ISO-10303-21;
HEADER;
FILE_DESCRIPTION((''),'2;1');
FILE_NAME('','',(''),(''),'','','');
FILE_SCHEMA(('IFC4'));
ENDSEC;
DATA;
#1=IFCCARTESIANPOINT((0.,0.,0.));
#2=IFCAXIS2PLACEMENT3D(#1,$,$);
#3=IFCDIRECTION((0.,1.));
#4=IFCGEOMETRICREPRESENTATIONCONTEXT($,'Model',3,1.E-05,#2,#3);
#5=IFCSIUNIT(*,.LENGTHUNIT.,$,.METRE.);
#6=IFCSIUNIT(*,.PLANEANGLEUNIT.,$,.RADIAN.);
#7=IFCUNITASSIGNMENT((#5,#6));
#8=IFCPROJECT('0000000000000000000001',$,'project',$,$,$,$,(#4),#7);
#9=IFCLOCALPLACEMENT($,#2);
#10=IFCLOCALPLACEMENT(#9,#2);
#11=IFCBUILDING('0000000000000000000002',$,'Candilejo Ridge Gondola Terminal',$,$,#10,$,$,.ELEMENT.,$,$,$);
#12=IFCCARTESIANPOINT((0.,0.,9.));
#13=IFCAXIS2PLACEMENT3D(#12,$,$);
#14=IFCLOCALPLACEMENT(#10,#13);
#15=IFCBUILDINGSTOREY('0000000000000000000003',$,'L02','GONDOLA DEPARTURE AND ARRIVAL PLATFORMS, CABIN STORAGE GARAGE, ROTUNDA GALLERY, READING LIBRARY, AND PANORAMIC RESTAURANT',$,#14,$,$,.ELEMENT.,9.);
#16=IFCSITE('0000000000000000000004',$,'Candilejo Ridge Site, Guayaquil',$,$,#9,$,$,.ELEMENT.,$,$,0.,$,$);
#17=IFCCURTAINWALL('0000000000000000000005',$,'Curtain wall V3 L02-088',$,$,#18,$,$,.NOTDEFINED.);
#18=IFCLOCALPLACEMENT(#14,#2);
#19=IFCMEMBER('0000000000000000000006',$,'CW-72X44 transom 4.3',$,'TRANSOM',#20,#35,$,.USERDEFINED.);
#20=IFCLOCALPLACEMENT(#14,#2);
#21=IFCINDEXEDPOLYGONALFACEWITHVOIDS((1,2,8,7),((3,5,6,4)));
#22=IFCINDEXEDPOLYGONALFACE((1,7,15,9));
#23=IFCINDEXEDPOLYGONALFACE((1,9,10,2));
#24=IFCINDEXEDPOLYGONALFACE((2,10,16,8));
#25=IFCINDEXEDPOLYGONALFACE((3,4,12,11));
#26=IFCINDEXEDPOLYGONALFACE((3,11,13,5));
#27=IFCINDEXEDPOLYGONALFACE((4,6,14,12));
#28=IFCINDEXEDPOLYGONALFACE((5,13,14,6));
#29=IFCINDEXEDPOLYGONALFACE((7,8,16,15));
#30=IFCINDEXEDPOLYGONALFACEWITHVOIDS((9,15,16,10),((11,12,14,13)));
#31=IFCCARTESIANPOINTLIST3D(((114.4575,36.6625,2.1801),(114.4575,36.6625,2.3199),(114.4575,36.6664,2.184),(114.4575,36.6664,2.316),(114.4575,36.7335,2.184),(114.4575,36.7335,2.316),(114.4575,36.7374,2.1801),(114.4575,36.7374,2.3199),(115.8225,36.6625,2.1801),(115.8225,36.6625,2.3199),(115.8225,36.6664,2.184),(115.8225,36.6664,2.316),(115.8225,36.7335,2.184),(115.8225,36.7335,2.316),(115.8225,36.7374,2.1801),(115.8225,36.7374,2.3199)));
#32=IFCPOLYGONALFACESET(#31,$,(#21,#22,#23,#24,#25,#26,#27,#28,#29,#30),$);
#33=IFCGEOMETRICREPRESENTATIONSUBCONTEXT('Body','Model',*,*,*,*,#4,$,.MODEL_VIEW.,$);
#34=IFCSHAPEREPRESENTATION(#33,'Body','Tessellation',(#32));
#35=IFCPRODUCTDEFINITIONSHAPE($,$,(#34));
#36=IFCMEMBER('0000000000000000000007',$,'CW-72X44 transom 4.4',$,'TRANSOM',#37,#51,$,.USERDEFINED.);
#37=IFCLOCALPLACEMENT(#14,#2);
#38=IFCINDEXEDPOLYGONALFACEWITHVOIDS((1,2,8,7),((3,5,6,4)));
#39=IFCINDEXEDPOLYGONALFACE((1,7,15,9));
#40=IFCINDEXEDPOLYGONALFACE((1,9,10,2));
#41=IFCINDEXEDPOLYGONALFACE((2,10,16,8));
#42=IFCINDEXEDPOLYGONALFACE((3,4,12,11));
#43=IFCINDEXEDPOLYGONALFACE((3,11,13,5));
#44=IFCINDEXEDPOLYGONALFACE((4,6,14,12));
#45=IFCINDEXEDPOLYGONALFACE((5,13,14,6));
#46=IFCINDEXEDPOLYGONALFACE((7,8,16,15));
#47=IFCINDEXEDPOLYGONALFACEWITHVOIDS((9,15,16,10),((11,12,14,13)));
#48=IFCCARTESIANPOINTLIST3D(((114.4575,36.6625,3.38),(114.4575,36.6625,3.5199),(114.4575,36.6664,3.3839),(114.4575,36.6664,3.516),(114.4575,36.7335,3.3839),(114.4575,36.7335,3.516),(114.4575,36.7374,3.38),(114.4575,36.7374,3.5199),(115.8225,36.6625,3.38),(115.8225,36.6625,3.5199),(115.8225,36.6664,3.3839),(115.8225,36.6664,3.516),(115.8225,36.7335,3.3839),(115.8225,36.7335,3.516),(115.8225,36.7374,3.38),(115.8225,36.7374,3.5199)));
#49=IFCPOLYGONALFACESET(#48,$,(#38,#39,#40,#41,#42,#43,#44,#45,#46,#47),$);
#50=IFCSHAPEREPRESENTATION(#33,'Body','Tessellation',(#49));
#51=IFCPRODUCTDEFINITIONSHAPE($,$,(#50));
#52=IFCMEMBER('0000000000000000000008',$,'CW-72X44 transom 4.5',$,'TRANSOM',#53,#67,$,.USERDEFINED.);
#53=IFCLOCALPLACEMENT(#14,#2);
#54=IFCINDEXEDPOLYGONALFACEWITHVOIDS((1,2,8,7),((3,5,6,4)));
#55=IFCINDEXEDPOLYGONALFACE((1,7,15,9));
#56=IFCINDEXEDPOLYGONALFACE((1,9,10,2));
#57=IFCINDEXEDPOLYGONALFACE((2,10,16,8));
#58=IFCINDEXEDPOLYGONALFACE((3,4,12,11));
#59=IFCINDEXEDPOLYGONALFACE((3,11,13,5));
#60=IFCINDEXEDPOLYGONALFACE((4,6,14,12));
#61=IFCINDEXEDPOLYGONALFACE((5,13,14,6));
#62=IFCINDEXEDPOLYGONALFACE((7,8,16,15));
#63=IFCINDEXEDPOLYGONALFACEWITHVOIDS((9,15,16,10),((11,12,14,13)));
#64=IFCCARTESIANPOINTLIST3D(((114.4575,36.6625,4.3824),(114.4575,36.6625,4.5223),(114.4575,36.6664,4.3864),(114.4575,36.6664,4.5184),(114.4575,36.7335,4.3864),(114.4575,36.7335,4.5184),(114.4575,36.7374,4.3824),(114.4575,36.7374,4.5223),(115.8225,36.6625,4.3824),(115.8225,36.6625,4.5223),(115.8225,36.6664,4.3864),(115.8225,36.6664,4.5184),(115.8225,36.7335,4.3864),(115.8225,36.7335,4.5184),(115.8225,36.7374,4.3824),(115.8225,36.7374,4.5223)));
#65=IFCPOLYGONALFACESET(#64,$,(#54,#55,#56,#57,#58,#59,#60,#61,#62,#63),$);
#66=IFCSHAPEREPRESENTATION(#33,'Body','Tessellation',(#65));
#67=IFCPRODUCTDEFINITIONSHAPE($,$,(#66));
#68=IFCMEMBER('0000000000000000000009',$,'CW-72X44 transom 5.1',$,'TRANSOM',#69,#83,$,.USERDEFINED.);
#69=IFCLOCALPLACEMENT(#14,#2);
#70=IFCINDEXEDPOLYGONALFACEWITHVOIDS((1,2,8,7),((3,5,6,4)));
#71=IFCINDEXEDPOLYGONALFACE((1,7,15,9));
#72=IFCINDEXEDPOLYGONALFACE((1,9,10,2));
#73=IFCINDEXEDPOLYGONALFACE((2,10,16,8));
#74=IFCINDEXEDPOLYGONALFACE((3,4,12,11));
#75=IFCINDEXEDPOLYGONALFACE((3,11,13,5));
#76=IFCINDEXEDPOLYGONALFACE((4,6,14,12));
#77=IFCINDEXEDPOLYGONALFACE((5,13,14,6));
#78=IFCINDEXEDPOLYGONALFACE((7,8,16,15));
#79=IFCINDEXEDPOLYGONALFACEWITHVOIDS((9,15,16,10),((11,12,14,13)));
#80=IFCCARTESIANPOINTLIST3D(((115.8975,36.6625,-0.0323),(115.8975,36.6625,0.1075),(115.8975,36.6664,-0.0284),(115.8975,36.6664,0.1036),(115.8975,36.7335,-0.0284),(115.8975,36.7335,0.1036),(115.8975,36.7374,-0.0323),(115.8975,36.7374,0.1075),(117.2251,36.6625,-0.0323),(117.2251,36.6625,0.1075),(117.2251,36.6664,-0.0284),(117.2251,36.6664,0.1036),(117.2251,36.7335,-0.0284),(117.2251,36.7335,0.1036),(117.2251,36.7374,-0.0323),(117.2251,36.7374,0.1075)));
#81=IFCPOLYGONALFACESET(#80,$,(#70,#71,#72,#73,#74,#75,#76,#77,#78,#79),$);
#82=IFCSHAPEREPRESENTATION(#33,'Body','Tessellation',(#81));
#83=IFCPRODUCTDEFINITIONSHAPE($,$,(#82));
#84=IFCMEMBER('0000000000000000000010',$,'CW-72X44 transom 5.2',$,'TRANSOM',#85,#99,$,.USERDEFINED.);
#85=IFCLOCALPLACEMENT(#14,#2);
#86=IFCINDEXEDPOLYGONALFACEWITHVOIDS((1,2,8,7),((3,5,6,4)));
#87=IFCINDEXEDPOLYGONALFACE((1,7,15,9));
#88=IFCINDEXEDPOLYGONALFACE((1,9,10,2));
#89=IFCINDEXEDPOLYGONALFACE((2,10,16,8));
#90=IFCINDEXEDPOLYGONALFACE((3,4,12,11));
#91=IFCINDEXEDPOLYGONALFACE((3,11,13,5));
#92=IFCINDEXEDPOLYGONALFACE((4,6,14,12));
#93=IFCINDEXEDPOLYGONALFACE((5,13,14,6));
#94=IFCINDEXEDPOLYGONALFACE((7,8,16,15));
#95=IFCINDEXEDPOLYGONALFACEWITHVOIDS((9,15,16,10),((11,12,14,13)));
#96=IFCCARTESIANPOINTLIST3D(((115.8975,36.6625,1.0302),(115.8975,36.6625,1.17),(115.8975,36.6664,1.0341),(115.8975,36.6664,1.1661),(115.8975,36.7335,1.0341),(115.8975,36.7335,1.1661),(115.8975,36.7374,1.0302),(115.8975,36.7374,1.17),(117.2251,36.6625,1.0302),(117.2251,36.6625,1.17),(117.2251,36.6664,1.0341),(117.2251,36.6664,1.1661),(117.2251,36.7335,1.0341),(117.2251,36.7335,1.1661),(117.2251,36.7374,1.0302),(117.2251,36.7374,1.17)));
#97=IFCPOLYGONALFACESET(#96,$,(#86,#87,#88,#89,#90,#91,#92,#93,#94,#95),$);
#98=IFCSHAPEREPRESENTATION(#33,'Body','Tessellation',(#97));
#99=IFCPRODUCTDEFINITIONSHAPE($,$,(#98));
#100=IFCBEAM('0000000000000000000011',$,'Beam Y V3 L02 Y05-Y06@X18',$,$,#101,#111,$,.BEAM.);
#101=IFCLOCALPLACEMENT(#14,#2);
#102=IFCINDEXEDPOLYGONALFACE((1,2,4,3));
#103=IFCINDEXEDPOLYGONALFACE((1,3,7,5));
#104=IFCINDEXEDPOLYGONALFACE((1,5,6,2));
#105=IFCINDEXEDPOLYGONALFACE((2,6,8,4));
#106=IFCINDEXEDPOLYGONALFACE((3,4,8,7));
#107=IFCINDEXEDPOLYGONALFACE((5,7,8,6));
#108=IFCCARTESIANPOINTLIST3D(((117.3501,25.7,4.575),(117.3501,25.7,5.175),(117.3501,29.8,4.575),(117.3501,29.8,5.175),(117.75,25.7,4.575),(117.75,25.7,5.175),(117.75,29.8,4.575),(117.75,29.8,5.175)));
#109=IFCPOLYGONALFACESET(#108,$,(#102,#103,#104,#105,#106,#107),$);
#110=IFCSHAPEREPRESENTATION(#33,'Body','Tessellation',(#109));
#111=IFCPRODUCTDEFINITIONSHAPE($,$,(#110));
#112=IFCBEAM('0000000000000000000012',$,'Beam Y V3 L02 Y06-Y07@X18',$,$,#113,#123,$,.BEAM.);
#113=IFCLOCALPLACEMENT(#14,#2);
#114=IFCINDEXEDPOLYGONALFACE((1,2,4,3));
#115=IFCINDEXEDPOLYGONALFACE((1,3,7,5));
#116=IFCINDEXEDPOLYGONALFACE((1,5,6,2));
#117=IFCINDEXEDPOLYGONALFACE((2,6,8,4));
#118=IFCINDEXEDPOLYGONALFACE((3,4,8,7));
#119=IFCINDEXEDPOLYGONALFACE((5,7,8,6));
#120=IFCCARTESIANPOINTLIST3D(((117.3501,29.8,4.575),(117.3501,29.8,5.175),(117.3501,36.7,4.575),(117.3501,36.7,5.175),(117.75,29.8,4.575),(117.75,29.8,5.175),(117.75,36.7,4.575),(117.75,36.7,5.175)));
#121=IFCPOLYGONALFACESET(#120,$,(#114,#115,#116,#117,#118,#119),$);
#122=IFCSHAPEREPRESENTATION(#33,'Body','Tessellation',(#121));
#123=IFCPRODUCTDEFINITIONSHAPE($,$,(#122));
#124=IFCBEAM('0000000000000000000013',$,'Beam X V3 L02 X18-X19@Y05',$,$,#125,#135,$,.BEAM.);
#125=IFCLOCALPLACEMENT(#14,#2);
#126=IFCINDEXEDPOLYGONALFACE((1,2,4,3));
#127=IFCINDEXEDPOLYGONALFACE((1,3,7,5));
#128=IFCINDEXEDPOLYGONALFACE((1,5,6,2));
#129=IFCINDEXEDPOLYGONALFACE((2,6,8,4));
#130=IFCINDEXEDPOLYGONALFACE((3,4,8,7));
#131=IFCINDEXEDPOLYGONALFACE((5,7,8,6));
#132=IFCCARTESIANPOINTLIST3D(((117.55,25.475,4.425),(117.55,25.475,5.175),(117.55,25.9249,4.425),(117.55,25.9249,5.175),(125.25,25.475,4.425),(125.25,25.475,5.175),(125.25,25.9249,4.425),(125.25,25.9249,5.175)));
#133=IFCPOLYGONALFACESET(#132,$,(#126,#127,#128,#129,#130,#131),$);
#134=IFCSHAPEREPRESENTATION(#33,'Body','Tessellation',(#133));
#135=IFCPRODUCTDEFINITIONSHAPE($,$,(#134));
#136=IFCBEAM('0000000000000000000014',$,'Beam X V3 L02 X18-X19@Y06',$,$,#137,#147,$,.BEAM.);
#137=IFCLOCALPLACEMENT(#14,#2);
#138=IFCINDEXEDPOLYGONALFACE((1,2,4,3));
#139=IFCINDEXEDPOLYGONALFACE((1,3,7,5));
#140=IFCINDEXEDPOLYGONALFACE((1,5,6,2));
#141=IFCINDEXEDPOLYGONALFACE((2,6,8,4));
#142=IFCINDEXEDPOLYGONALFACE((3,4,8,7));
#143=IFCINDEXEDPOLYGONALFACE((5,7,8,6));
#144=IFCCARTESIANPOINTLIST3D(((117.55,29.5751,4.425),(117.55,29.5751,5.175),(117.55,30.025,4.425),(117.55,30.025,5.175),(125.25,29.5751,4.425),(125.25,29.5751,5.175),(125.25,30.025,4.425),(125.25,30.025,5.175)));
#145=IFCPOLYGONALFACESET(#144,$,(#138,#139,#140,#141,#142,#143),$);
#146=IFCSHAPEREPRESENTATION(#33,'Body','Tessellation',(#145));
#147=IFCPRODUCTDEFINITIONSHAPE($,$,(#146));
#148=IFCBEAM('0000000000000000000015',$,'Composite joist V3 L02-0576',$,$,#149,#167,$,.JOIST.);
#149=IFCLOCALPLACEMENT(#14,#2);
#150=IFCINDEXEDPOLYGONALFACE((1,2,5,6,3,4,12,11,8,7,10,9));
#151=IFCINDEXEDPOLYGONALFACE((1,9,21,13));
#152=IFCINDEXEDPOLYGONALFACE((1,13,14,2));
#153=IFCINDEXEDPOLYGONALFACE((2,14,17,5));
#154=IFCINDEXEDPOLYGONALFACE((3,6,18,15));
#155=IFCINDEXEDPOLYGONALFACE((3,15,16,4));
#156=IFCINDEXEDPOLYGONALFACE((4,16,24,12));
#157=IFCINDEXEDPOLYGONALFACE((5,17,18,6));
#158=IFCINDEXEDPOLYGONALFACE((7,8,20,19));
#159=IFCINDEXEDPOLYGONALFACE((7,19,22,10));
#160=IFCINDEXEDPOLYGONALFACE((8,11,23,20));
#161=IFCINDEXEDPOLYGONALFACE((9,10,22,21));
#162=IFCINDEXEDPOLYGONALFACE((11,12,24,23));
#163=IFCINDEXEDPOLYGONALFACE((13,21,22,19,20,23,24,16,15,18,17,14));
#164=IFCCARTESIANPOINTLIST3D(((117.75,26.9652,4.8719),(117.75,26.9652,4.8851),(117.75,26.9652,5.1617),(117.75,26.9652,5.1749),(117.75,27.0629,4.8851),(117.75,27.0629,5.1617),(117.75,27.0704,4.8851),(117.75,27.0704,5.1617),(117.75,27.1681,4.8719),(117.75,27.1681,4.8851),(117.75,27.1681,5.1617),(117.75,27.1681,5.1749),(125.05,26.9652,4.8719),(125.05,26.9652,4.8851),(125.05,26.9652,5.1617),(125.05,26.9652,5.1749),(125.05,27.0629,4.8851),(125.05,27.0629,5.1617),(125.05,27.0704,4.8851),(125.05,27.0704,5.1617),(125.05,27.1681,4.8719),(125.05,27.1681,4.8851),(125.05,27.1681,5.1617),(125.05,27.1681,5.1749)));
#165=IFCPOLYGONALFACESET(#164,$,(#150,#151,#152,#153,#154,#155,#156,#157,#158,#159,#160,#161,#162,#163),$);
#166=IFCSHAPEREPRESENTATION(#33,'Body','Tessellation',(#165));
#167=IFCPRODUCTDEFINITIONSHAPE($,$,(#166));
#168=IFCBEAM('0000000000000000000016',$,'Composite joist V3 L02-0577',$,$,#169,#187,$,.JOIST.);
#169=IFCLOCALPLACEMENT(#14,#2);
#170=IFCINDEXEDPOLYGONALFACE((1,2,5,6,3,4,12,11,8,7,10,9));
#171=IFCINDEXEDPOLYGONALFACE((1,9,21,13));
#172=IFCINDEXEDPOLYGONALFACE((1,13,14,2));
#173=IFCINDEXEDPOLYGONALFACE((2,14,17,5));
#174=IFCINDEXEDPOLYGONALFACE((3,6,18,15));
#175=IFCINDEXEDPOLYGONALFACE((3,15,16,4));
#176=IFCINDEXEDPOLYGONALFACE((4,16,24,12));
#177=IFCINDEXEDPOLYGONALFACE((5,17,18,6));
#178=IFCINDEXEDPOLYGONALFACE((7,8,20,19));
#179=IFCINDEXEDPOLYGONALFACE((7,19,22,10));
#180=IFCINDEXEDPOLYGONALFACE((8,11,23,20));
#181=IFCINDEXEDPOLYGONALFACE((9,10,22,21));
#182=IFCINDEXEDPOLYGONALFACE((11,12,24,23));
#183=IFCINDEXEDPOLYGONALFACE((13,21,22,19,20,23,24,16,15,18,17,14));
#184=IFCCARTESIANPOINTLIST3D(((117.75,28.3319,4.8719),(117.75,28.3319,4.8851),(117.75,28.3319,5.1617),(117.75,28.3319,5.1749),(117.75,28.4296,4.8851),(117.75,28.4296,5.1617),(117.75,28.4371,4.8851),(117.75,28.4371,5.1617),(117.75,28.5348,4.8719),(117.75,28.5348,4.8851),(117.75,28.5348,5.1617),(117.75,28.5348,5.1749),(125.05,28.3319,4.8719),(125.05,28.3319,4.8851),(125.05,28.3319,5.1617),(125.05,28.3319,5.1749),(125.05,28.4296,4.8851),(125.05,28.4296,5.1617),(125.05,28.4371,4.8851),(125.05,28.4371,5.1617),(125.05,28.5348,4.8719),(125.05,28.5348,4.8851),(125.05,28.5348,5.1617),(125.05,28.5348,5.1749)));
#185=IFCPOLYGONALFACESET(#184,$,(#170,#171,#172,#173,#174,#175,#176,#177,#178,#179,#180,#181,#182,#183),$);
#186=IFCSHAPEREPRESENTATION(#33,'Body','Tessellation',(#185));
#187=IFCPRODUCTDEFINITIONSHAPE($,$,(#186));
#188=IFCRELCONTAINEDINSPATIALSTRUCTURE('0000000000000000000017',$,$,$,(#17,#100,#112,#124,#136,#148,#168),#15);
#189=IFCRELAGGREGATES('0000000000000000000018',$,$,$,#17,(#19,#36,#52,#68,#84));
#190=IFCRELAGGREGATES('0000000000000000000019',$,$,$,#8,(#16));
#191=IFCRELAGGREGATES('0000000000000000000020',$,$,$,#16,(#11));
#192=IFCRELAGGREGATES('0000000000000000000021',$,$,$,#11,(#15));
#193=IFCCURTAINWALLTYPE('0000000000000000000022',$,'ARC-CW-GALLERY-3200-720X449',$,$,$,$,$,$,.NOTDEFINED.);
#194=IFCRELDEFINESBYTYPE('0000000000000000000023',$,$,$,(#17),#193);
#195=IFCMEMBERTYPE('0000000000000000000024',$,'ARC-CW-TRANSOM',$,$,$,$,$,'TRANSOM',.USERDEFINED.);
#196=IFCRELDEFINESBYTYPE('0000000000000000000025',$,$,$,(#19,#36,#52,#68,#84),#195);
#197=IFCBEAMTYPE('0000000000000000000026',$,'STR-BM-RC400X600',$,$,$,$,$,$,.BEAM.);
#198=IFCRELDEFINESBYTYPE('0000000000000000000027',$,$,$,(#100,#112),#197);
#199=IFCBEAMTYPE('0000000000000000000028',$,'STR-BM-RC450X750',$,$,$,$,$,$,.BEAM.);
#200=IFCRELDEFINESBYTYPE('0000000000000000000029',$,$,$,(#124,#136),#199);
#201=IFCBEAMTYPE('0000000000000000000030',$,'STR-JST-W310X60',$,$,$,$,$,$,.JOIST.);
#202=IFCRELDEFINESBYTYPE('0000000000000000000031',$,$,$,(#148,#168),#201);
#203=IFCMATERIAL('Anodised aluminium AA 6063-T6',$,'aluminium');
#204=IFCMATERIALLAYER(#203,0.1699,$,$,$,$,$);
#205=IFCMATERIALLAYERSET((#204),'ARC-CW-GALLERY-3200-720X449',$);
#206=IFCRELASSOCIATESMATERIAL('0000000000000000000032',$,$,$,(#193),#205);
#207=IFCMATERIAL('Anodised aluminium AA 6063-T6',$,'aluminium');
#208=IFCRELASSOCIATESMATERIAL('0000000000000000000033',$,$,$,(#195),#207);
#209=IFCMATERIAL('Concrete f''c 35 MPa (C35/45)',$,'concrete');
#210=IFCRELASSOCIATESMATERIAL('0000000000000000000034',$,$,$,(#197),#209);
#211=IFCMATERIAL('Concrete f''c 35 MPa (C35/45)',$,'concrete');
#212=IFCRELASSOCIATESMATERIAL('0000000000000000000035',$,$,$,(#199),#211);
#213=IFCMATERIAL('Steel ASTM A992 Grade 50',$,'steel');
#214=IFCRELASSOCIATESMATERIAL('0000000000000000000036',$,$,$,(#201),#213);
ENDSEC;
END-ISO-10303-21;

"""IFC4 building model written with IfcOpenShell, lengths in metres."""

from ifc_helpers import new_model, si_unit, direction, frame, origin, origin_2d, place, context, subcontext, project, spatial, rectangle, hollow_rectangle, i_section, extrude, material, layer, layer_set, material_profile, profile_set, type_object, element, aggregate, save


model = new_model("IFC4")

# Units and contexts
model_context = context("Model", 3, precision=1e-05, world=origin(), true_north=direction((0.0, 1.0)))
body_context = subcontext(model_context, "Body", "Model", "MODEL_VIEW")
ifc_project = project(units=[si_unit("LENGTHUNIT", "METRE"), si_unit("PLANEANGLEUNIT", "RADIAN")], contexts=[model_context])

# Site, building, storey
site_placement = place(None, origin())
site = spatial("IfcSite", under=ifc_project, at=site_placement, Name="Candilejo Ridge Site, Guayaquil", CompositionType="ELEMENT", RefElevation=0.0)
building_placement = place(site_placement, origin())
building = spatial("IfcBuilding", under=site, at=building_placement, Name="Candilejo Ridge Gondola Terminal", CompositionType="ELEMENT")
storey_placement = place(building_placement, frame((0.0, 0.0, 9.0)))
storey = spatial("IfcBuildingStorey", under=building, at=storey_placement, Name="L02", Description="GONDOLA DEPARTURE AND ARRIVAL PLATFORMS, CABIN STORAGE GARAGE, ROTUNDA GALLERY, READING LIBRARY, AND PANORAMIC RESTAURANT", CompositionType="ELEMENT", Elevation=9.0)

# Curtain wall, members
ifc_material_1 = material(Name="Anodised aluminium AA 6063-T6", Category="aluminium")
ifc_layer_1 = layer(ifc_material_1, 0.1699)
ifc_layer_set_1 = layer_set([ifc_layer_1], Name="ARC-CW-GALLERY-3200-720X449")
curtain_wall_type = type_object("IfcCurtainWallType", Name="ARC-CW-GALLERY-3200-720X449", PredefinedType="NOTDEFINED", material=ifc_layer_set_1)
curtain_wall_placement = place(storey_placement, origin())
curtain_wall = element("IfcCurtainWall", 1, at=curtain_wall_placement, inside=storey, type_object=curtain_wall_type, Name="Curtain wall V3 L02-088", PredefinedType="NOTDEFINED")
ifc_material_2 = material(Name="Anodised aluminium AA 6063-T6", Category="aluminium")
ifc_material_profile_1 = material_profile(ifc_material_2, hollow_rectangle(XDim=0.075, YDim=0.1399, WallThickness=0.0039, at=origin_2d()))
ifc_profile_set_1 = profile_set([ifc_material_profile_1], Name="Anodised aluminium AA 6063-T6")
member_type_1 = type_object("IfcMemberType", Name="ARC-CW-TRANSOM", ElementType="TRANSOM", PredefinedType="USERDEFINED", material=ifc_profile_set_1)
member_1_placement = place(storey_placement, frame((114.4575, 36.7, 2.25), z_axis=(1.0, 0.0, 0.0), x_axis=(0.0, 1.0, 0.0)))
member_1 = element("IfcMember", 2, at=member_1_placement, type_object=member_type_1, Name="CW-72X44 transom 4.3", ObjectType="TRANSOM", PredefinedType="USERDEFINED", context=body_context, shape_type="SweptSolid", body=[
    extrude(hollow_rectangle(XDim=0.075, YDim=0.1399, WallThickness=0.0039, at=origin_2d()), origin(), (0.0, 0.0, 1.0), 1.365),
])
member_2_placement = place(storey_placement, frame((114.4575, 36.7, 3.45), z_axis=(1.0, 0.0, 0.0), x_axis=(0.0, 1.0, 0.0)))
member_2 = element("IfcMember", 3, at=member_2_placement, type_object=member_type_1, Name="CW-72X44 transom 4.4", ObjectType="TRANSOM", PredefinedType="USERDEFINED", context=body_context, shape_type="SweptSolid", body=[
    extrude(hollow_rectangle(XDim=0.075, YDim=0.1399, WallThickness=0.0039, at=origin_2d()), origin(), (0.0, 0.0, 1.0), 1.365),
])
member_3_placement = place(storey_placement, frame((114.4575, 36.7, 4.4524), z_axis=(1.0, 0.0, 0.0), x_axis=(0.0, 1.0, 0.0)))
member_3 = element("IfcMember", 4, at=member_3_placement, type_object=member_type_1, Name="CW-72X44 transom 4.5", ObjectType="TRANSOM", PredefinedType="USERDEFINED", context=body_context, shape_type="SweptSolid", body=[
    extrude(hollow_rectangle(XDim=0.075, YDim=0.1399, WallThickness=0.0039, at=origin_2d()), origin(), (0.0, 0.0, 1.0), 1.365),
])
member_4_placement = place(storey_placement, frame((115.8975, 36.7, 0.0376), z_axis=(1.0, 0.0, 0.0), x_axis=(0.0, 1.0, 0.0)))
member_4 = element("IfcMember", 5, at=member_4_placement, type_object=member_type_1, Name="CW-72X44 transom 5.1", ObjectType="TRANSOM", PredefinedType="USERDEFINED", context=body_context, shape_type="SweptSolid", body=[
    extrude(hollow_rectangle(XDim=0.075, YDim=0.1399, WallThickness=0.0039, at=origin_2d()), origin(), (0.0, 0.0, 1.0), 1.3276),
])
member_5_placement = place(storey_placement, frame((115.8975, 36.7, 1.1001), z_axis=(1.0, 0.0, 0.0), x_axis=(0.0, 1.0, 0.0)))
member_5 = element("IfcMember", 6, at=member_5_placement, type_object=member_type_1, Name="CW-72X44 transom 5.2", ObjectType="TRANSOM", PredefinedType="USERDEFINED", context=body_context, shape_type="SweptSolid", body=[
    extrude(hollow_rectangle(XDim=0.075, YDim=0.1399, WallThickness=0.0039, at=origin_2d()), origin(), (0.0, 0.0, 1.0), 1.3276),
])

# Beams
ifc_material_3 = material(Name="Concrete f'c 35 MPa (C35/45)", Category="concrete")
ifc_material_profile_2 = material_profile(ifc_material_3, rectangle(XDim=0.3999, YDim=0.6001, at=origin_2d()))
ifc_profile_set_2 = profile_set([ifc_material_profile_2], Name="Concrete f'c 35 MPa (C35/45)")
beam_type_1 = type_object("IfcBeamType", Name="STR-BM-RC400X600", PredefinedType="BEAM", material=ifc_profile_set_2)
beam_1_placement = place(storey_placement, frame((117.55, 25.7, 4.875), z_axis=(0.0, 1.0, 0.0), x_axis=(-1.0, 0.0, 0.0)))
element("IfcBeam", 7, at=beam_1_placement, inside=storey, type_object=beam_type_1, Name="Beam Y V3 L02 Y05-Y06@X18", PredefinedType="BEAM", context=body_context, shape_type="SweptSolid", body=[
    extrude(rectangle(XDim=0.3999, YDim=0.6001, at=origin_2d()), origin(), (0.0, 0.0, 1.0), 4.1001),
])
beam_2_placement = place(storey_placement, frame((117.55, 29.8, 4.875), z_axis=(0.0, 1.0, 0.0), x_axis=(-1.0, 0.0, 0.0)))
element("IfcBeam", 8, at=beam_2_placement, inside=storey, type_object=beam_type_1, Name="Beam Y V3 L02 Y06-Y07@X18", PredefinedType="BEAM", context=body_context, shape_type="SweptSolid", body=[
    extrude(rectangle(XDim=0.3999, YDim=0.6001, at=origin_2d()), origin(), (0.0, 0.0, 1.0), 6.8999),
])
ifc_material_4 = material(Name="Concrete f'c 35 MPa (C35/45)", Category="concrete")
ifc_material_profile_3 = material_profile(ifc_material_4, rectangle(XDim=0.45, YDim=0.75, at=origin_2d()))
ifc_profile_set_3 = profile_set([ifc_material_profile_3], Name="Concrete f'c 35 MPa (C35/45)")
beam_type_2 = type_object("IfcBeamType", Name="STR-BM-RC450X750", PredefinedType="BEAM", material=ifc_profile_set_3)
for number, where, z_axis, x_axis, name in (
    (9, (117.55, 25.7, 4.8), (1.0, 0.0, 0.0), (0.0, 1.0, 0.0), "Beam X V3 L02 X18-X19@Y05"),
    (10, (117.55, 29.8, 4.8), (1.0, 0.0, 0.0), (0.0, 1.0, 0.0), "Beam X V3 L02 X18-X19@Y06"),
):
    element("IfcBeam", number, at=place(storey_placement, frame(where, z_axis=z_axis, x_axis=x_axis)), inside=storey, type_object=beam_type_2, Name=name, PredefinedType="BEAM", context=body_context, shape_type="SweptSolid", body=[
        extrude(rectangle(XDim=0.45, YDim=0.75, at=origin_2d()), origin(), (0.0, 0.0, 1.0), 7.7),
    ])
ifc_material_5 = material(Name="Steel ASTM A992 Grade 50", Category="steel")
ifc_material_profile_4 = material_profile(ifc_material_5, i_section(OverallWidth=0.2029, OverallDepth=0.303, WebThickness=0.0076, FlangeThickness=0.0132, at=origin_2d()))
ifc_profile_set_4 = profile_set([ifc_material_profile_4], Name="Steel ASTM A992 Grade 50")
beam_type_3 = type_object("IfcBeamType", Name="STR-JST-W310X60", PredefinedType="JOIST", material=ifc_profile_set_4)
for number, where, z_axis, x_axis, name in (
    (11, (117.75, 27.0667, 5.0234), (1.0, 0.0, 0.0), (0.0, 1.0, 0.0), "Composite joist V3 L02-0576"),
    (12, (117.75, 28.4333, 5.0234), (1.0, 0.0, 0.0), (0.0, 1.0, 0.0), "Composite joist V3 L02-0577"),
):
    element("IfcBeam", number, at=place(storey_placement, frame(where, z_axis=z_axis, x_axis=x_axis)), inside=storey, type_object=beam_type_3, Name=name, PredefinedType="JOIST", context=body_context, shape_type="SweptSolid", body=[
        extrude(i_section(OverallWidth=0.2029, OverallDepth=0.303, WebThickness=0.0076, FlangeThickness=0.0132, at=origin_2d()), origin(), (0.0, 0.0, 1.0), 7.3),
    ])

aggregate(curtain_wall, [member_1, member_2, member_3, member_4, member_5])

save(model, "model.ifc")
